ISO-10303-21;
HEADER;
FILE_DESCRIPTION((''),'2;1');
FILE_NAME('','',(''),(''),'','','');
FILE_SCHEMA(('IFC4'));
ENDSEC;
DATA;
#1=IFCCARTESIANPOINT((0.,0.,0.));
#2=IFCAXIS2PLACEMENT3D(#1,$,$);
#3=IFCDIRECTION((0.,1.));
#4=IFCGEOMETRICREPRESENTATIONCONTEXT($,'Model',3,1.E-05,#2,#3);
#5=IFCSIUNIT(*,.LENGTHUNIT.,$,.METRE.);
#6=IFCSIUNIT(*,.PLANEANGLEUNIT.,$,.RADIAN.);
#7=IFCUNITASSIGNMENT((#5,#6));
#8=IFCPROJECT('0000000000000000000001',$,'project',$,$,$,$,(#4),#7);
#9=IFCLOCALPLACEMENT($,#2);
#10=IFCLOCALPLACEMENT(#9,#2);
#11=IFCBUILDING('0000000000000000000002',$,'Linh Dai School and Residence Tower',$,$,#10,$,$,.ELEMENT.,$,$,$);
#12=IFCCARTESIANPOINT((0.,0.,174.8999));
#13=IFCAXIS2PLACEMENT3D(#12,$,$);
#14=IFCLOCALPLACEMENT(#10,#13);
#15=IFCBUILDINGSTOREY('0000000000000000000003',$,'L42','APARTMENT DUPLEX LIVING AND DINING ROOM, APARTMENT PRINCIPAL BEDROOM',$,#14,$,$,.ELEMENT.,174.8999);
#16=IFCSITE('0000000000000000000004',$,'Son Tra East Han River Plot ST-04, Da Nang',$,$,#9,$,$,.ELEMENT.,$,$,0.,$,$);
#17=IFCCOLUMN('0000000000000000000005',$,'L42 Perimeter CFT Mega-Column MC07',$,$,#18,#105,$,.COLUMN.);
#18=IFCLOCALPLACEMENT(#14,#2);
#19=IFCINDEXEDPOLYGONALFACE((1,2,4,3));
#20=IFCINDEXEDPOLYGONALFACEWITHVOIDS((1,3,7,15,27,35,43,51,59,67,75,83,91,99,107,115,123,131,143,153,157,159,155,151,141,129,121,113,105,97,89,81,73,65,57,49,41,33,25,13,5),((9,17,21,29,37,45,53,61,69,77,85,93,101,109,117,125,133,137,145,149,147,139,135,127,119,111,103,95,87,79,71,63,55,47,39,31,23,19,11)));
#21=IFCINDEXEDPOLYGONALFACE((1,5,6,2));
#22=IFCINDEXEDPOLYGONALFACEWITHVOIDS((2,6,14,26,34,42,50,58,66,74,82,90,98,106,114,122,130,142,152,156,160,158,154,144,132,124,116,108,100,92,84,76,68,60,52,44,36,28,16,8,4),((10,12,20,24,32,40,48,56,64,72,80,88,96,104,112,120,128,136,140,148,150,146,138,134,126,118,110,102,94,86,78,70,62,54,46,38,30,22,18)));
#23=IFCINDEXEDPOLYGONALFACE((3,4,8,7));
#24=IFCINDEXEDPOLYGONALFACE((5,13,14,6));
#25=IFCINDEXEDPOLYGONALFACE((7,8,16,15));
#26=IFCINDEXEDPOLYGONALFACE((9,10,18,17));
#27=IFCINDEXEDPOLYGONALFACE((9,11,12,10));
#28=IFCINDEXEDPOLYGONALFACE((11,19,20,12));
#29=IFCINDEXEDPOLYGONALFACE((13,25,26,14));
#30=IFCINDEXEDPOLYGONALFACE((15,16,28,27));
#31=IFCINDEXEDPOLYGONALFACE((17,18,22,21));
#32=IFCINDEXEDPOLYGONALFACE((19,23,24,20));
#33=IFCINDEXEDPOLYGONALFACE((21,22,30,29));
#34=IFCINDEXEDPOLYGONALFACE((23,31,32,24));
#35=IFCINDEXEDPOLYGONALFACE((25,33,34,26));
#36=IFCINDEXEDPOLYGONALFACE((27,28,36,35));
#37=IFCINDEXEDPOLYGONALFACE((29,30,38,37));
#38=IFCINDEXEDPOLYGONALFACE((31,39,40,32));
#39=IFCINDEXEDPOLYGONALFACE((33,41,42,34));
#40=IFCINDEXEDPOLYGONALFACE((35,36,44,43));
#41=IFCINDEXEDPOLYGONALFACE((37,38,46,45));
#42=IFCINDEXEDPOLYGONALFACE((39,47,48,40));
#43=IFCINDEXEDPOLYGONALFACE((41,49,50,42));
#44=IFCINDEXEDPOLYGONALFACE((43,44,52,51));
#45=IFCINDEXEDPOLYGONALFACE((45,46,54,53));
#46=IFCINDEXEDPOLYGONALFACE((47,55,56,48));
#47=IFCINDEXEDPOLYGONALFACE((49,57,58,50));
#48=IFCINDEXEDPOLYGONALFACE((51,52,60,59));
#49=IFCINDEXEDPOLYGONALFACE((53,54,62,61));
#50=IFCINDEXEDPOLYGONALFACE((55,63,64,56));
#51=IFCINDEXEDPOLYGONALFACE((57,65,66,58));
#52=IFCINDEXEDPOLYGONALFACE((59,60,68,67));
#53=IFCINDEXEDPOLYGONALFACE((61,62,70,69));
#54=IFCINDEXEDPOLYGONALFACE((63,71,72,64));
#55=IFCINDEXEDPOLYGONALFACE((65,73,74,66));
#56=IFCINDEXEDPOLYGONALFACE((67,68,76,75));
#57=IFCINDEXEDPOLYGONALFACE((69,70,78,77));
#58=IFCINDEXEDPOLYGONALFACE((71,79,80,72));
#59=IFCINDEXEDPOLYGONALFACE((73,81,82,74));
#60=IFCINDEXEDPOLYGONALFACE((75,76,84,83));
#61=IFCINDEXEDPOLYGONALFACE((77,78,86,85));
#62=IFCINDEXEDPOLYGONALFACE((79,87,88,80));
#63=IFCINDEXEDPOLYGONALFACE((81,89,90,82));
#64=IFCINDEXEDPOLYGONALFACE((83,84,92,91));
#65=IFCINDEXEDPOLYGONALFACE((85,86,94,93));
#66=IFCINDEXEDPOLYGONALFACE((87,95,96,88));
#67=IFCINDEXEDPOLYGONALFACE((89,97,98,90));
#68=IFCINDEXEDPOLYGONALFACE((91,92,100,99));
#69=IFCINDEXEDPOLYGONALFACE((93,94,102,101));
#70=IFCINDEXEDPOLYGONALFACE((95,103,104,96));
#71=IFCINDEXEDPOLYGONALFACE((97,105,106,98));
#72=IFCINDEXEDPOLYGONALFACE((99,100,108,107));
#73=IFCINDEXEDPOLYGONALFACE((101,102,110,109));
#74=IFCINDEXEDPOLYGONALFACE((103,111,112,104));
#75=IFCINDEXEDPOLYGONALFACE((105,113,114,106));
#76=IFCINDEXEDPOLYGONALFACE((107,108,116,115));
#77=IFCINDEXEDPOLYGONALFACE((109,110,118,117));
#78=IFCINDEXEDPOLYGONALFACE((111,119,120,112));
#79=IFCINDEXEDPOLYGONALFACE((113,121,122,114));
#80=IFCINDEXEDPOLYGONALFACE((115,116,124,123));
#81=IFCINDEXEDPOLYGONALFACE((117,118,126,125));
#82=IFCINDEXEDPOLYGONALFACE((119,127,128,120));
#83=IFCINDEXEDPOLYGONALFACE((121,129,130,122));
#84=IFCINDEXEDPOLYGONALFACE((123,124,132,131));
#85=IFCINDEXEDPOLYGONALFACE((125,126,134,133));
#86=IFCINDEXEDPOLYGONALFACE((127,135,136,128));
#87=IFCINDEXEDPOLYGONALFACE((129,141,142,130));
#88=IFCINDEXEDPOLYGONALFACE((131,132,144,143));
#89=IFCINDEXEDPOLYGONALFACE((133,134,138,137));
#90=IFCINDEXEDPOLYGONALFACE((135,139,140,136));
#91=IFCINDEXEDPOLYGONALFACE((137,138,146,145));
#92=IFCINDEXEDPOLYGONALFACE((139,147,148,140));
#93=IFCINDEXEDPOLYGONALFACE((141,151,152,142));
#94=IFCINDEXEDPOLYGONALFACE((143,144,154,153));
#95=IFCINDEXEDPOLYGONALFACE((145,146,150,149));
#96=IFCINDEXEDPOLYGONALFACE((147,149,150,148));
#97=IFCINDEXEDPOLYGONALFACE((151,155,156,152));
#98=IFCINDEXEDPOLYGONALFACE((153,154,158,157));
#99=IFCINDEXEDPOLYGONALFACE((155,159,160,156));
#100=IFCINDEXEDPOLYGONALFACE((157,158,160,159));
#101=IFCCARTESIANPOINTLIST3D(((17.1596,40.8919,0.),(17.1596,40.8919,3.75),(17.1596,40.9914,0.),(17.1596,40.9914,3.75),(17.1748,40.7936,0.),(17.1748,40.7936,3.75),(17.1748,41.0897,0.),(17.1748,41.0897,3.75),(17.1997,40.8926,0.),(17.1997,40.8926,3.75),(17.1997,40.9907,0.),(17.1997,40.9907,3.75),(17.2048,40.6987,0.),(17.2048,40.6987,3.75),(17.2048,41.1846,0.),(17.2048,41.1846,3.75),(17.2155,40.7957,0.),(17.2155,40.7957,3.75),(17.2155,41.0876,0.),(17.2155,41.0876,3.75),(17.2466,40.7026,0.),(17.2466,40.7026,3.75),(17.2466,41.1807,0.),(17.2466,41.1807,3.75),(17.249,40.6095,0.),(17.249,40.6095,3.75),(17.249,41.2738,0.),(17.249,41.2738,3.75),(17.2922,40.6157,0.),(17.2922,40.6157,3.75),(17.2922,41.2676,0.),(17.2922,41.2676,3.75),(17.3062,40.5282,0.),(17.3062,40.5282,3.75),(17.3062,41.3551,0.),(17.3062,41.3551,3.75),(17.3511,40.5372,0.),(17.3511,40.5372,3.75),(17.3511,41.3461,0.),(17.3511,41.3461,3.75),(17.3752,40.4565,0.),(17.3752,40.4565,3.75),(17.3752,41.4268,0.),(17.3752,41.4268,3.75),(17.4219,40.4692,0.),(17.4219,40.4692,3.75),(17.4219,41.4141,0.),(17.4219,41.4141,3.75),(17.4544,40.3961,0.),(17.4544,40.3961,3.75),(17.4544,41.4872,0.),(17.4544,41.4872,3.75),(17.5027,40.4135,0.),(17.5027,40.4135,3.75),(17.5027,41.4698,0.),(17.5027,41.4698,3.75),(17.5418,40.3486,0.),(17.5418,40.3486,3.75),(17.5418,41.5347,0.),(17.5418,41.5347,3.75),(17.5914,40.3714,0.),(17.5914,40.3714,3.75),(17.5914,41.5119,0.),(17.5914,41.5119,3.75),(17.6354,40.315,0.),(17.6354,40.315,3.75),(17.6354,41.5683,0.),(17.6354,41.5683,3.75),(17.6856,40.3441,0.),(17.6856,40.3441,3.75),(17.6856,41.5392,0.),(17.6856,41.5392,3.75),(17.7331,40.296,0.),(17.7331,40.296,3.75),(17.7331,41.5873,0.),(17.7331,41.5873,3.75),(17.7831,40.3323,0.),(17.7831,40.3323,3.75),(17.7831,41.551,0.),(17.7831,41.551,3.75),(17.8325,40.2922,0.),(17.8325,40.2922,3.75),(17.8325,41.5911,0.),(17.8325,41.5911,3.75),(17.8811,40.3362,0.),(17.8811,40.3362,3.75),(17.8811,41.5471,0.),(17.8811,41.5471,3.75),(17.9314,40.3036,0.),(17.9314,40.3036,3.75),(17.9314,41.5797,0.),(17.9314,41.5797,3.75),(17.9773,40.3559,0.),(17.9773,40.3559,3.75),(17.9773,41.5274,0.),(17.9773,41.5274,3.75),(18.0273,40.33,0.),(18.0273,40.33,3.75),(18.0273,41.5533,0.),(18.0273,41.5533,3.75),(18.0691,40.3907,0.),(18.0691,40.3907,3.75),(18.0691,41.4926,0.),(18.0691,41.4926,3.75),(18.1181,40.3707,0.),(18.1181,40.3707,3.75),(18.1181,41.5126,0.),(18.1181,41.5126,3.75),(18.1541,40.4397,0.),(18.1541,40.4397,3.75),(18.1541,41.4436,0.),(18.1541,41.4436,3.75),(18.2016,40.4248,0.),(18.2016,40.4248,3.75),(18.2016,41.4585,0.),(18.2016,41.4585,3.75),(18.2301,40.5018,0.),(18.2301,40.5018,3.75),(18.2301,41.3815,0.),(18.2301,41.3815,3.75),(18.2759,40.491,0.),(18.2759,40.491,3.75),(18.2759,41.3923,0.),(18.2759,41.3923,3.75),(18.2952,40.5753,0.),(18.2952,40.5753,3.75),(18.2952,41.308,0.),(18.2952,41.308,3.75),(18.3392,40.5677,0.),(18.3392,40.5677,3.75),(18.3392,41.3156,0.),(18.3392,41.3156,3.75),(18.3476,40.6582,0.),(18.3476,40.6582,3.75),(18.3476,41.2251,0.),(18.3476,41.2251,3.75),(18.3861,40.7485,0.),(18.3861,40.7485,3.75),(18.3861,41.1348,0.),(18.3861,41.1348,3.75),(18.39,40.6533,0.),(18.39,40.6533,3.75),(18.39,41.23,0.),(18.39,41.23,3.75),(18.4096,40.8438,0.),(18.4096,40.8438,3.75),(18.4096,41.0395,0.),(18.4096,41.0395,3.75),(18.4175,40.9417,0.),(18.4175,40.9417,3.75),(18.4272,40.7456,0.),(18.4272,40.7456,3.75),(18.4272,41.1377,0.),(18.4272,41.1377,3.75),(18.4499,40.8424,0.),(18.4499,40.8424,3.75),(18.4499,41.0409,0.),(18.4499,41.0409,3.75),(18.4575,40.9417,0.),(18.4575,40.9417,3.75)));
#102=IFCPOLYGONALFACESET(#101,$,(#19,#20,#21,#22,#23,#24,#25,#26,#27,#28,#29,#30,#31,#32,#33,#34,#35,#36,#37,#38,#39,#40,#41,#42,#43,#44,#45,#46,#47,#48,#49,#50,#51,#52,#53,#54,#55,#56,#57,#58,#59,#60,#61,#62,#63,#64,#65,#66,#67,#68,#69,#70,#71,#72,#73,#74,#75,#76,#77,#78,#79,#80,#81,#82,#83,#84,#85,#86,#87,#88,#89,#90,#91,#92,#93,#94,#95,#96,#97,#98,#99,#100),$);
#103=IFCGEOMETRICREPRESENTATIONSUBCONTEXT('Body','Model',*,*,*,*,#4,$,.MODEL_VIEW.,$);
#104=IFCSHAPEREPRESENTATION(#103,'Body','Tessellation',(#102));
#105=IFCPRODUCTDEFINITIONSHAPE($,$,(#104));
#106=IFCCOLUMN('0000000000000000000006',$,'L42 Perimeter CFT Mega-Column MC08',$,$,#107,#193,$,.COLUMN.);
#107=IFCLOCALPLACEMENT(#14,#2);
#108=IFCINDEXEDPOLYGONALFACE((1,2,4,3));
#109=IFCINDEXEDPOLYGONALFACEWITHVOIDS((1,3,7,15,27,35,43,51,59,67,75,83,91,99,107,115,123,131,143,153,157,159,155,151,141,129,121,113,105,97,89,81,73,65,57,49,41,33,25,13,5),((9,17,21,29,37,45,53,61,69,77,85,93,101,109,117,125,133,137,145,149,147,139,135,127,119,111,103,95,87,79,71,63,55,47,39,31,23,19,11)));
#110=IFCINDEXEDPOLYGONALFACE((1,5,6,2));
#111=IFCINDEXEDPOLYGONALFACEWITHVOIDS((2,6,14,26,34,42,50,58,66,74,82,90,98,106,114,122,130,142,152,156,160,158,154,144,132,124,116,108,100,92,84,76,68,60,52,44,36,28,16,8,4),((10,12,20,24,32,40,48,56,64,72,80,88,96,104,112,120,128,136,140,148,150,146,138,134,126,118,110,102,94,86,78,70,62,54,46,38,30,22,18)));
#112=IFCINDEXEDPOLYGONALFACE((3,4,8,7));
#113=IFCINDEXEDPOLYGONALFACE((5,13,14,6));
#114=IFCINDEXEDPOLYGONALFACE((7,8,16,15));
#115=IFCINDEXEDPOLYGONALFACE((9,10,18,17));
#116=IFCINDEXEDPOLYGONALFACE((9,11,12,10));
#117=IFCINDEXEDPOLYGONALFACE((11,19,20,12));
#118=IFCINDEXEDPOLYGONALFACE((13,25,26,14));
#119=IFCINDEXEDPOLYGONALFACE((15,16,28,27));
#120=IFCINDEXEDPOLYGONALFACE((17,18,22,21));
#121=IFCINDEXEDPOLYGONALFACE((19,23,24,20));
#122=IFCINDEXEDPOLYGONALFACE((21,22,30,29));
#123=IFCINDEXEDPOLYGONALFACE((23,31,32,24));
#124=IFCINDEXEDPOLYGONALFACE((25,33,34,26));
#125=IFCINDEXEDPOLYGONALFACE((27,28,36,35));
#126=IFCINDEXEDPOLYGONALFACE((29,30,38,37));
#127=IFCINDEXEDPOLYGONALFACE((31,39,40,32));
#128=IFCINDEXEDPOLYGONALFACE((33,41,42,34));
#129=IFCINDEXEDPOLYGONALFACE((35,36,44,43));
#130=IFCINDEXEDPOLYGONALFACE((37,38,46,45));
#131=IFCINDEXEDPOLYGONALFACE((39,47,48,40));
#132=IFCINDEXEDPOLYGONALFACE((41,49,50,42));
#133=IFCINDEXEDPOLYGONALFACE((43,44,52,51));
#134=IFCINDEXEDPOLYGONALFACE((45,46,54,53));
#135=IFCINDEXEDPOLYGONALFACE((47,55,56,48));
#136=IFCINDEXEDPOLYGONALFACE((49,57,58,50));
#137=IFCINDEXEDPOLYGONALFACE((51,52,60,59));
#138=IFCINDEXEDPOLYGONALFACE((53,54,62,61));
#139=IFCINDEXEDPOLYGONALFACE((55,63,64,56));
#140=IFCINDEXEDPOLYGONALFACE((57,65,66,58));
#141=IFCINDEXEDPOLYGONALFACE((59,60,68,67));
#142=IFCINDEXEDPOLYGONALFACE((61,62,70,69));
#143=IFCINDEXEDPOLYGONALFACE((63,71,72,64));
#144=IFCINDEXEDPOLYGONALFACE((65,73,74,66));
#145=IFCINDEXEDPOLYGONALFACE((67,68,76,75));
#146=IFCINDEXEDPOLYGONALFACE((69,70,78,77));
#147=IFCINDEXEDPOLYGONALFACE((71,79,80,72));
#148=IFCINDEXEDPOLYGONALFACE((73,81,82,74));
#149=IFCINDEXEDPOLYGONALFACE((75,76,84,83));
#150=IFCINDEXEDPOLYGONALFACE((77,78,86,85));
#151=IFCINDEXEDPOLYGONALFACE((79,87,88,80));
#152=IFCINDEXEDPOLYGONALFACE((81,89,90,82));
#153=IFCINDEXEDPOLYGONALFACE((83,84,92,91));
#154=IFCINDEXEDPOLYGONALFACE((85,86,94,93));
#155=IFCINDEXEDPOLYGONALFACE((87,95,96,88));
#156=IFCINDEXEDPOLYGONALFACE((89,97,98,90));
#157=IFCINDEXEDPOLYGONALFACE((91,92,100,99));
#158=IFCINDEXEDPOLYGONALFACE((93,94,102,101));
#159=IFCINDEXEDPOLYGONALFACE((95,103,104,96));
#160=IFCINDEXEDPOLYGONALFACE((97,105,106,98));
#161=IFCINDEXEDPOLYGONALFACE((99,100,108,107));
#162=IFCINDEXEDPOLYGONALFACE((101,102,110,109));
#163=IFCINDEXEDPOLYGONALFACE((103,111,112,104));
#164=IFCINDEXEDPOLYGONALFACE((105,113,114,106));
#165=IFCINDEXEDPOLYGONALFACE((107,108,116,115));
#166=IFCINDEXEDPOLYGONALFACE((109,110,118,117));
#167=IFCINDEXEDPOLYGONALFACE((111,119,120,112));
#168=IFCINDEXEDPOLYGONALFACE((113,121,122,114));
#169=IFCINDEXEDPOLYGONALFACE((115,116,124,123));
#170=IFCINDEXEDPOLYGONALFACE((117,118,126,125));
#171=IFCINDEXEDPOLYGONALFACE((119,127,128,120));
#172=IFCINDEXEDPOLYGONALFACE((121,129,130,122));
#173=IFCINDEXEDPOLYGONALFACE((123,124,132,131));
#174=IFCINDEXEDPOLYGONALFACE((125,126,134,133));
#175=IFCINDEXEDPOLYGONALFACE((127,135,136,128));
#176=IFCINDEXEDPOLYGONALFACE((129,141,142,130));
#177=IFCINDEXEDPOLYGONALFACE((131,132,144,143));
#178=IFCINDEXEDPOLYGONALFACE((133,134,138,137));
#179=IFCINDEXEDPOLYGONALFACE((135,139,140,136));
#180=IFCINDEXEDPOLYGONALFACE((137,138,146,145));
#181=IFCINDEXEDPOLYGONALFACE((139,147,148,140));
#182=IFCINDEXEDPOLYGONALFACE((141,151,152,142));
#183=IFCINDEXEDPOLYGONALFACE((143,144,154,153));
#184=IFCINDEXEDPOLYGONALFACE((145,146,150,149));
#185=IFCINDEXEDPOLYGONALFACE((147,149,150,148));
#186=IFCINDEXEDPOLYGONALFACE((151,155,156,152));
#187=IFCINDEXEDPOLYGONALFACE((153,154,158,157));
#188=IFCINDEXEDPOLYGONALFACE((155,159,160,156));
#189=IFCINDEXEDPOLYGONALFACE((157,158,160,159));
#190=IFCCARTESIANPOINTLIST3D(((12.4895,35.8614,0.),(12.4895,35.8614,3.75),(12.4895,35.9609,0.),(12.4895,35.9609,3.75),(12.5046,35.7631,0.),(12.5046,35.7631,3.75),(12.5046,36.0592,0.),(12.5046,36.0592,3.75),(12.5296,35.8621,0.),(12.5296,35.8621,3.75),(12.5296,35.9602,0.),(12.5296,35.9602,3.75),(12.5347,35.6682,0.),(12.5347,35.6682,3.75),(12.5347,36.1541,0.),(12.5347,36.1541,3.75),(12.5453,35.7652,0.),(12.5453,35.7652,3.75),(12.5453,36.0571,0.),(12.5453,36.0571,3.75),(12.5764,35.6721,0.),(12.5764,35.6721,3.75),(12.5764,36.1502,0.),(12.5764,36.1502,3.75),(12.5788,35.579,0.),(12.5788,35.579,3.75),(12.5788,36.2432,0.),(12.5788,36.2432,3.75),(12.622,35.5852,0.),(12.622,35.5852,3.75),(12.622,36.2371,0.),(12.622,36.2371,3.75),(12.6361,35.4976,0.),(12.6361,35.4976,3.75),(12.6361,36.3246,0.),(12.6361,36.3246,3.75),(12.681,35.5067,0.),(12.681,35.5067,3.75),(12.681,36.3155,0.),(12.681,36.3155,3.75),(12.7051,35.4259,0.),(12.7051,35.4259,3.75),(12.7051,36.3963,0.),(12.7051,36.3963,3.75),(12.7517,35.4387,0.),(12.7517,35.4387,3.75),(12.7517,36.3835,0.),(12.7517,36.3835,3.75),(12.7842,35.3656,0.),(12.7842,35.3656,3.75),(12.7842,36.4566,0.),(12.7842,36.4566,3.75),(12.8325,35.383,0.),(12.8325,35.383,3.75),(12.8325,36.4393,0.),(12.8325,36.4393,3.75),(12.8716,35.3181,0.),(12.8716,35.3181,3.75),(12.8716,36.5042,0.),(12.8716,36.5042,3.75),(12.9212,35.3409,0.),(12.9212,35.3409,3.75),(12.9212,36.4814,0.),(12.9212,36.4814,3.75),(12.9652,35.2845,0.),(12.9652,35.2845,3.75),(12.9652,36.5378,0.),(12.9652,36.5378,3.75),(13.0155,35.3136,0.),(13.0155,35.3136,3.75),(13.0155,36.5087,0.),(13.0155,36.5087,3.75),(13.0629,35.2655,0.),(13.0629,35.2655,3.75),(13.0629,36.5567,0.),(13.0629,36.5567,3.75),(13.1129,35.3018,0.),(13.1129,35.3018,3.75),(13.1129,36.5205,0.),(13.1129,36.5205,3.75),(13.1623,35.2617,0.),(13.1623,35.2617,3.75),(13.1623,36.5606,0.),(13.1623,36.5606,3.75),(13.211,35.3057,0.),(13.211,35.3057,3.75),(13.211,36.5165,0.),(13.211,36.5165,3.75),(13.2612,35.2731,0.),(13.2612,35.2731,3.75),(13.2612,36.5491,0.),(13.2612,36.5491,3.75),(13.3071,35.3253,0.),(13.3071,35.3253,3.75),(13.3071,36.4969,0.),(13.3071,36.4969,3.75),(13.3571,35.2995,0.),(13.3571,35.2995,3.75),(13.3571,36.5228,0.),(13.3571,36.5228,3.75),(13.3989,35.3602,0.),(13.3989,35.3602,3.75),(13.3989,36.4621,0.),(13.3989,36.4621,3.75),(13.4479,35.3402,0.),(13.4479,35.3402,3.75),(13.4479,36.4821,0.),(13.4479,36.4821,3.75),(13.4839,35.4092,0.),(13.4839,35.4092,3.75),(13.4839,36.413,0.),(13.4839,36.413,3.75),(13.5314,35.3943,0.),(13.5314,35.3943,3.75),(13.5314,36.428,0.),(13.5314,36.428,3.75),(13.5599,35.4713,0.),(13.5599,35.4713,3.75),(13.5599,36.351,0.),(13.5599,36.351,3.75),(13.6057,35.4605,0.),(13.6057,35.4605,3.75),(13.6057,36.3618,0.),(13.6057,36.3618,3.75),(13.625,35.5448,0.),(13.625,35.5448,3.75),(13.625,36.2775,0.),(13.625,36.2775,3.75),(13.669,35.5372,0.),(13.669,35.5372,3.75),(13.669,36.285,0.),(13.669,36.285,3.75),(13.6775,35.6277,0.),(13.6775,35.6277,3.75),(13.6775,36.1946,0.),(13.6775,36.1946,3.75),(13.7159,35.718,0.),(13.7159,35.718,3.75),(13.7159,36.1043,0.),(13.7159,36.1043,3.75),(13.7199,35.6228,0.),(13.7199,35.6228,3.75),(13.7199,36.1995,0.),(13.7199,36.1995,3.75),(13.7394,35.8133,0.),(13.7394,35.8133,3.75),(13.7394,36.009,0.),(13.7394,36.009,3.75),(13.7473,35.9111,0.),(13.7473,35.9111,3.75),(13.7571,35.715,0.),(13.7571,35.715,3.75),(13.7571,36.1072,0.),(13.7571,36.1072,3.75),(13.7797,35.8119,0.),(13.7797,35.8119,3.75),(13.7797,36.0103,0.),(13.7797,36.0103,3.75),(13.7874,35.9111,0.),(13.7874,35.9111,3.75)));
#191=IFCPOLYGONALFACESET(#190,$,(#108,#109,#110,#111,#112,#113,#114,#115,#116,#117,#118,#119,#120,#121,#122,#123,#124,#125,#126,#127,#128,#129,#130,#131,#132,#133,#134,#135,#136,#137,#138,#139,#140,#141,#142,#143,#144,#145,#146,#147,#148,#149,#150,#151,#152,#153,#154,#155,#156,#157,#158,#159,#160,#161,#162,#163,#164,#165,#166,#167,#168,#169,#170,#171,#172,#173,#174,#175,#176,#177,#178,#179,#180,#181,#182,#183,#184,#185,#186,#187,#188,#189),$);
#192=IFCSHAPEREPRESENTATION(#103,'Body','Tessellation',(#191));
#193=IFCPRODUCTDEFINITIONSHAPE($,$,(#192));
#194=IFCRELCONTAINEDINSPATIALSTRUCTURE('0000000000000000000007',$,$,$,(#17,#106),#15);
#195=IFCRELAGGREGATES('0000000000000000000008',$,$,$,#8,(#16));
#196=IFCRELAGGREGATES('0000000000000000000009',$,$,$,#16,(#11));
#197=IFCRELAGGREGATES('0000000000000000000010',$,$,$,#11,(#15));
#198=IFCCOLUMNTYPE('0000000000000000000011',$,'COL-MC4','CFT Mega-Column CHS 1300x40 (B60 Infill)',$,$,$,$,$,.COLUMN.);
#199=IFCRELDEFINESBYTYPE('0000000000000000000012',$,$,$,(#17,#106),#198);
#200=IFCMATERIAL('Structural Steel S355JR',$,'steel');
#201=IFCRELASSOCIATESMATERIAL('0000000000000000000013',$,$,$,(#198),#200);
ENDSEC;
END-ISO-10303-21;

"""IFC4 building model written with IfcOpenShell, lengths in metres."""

from ifc_helpers import new_model, si_unit, direction, frame, origin, origin_2d, place, context, subcontext, project, spatial, hollow_circle, extrude, material, material_profile, profile_set, type_object, element, save


model = new_model("IFC4")

# Units and contexts
model_context = context("Model", 3, precision=1e-05, world=origin(), true_north=direction((0.0, 1.0)))
body_context = subcontext(model_context, "Body", "Model", "MODEL_VIEW")
ifc_project = project(units=[si_unit("LENGTHUNIT", "METRE"), si_unit("PLANEANGLEUNIT", "RADIAN")], contexts=[model_context])

# Site, building, storey
site_placement = place(None, origin())
site = spatial("IfcSite", under=ifc_project, at=site_placement, Name="Son Tra East Han River Plot ST-04, Da Nang", CompositionType="ELEMENT", RefElevation=0.0)
building_placement = place(site_placement, origin())
building = spatial("IfcBuilding", under=site, at=building_placement, Name="Linh Dai School and Residence Tower", CompositionType="ELEMENT")
storey_placement = place(building_placement, frame((0.0, 0.0, 174.8999)))
storey = spatial("IfcBuildingStorey", under=building, at=storey_placement, Name="L42", Description="APARTMENT DUPLEX LIVING AND DINING ROOM, APARTMENT PRINCIPAL BEDROOM", CompositionType="ELEMENT", Elevation=174.8999)

# Columns
ifc_material_1 = material(Name="Structural Steel S355JR", Category="steel")
ifc_material_profile_1 = material_profile(ifc_material_1, hollow_circle(Radius=0.6499, WallThickness=0.04, at=origin_2d()), Name="CHS 1300x40")
ifc_profile_set_1 = profile_set([ifc_material_profile_1], Name="Structural Steel S355JR")
column_type = type_object("IfcColumnType", Name="COL-MC4", Description="CFT Mega-Column CHS 1300x40 (B60 Infill)", PredefinedType="COLUMN", material=ifc_profile_set_1)
for number, where, z_axis, x_axis, name in (
    (1, (17.8076, 40.9417, 0.0), (0.0, 0.0, 1.0), (1.0, 0.0, 0.0), "L42 Perimeter CFT Mega-Column MC07"),
    (2, (13.1375, 35.9111, 0.0), (0.0, 0.0, 1.0), (1.0, 0.0, 0.0), "L42 Perimeter CFT Mega-Column MC08"),
):
    element("IfcColumn", number, at=place(storey_placement, frame(where, z_axis=z_axis, x_axis=x_axis)), inside=storey, type_object=column_type, Name=name, PredefinedType="COLUMN", context=body_context, shape_type="SweptSolid", body=[
        extrude(hollow_circle(Radius=0.6499, WallThickness=0.04, at=origin_2d()), origin(), (0.0, 0.0, 1.0), 3.75),
    ])

save(model, "model.ifc")
